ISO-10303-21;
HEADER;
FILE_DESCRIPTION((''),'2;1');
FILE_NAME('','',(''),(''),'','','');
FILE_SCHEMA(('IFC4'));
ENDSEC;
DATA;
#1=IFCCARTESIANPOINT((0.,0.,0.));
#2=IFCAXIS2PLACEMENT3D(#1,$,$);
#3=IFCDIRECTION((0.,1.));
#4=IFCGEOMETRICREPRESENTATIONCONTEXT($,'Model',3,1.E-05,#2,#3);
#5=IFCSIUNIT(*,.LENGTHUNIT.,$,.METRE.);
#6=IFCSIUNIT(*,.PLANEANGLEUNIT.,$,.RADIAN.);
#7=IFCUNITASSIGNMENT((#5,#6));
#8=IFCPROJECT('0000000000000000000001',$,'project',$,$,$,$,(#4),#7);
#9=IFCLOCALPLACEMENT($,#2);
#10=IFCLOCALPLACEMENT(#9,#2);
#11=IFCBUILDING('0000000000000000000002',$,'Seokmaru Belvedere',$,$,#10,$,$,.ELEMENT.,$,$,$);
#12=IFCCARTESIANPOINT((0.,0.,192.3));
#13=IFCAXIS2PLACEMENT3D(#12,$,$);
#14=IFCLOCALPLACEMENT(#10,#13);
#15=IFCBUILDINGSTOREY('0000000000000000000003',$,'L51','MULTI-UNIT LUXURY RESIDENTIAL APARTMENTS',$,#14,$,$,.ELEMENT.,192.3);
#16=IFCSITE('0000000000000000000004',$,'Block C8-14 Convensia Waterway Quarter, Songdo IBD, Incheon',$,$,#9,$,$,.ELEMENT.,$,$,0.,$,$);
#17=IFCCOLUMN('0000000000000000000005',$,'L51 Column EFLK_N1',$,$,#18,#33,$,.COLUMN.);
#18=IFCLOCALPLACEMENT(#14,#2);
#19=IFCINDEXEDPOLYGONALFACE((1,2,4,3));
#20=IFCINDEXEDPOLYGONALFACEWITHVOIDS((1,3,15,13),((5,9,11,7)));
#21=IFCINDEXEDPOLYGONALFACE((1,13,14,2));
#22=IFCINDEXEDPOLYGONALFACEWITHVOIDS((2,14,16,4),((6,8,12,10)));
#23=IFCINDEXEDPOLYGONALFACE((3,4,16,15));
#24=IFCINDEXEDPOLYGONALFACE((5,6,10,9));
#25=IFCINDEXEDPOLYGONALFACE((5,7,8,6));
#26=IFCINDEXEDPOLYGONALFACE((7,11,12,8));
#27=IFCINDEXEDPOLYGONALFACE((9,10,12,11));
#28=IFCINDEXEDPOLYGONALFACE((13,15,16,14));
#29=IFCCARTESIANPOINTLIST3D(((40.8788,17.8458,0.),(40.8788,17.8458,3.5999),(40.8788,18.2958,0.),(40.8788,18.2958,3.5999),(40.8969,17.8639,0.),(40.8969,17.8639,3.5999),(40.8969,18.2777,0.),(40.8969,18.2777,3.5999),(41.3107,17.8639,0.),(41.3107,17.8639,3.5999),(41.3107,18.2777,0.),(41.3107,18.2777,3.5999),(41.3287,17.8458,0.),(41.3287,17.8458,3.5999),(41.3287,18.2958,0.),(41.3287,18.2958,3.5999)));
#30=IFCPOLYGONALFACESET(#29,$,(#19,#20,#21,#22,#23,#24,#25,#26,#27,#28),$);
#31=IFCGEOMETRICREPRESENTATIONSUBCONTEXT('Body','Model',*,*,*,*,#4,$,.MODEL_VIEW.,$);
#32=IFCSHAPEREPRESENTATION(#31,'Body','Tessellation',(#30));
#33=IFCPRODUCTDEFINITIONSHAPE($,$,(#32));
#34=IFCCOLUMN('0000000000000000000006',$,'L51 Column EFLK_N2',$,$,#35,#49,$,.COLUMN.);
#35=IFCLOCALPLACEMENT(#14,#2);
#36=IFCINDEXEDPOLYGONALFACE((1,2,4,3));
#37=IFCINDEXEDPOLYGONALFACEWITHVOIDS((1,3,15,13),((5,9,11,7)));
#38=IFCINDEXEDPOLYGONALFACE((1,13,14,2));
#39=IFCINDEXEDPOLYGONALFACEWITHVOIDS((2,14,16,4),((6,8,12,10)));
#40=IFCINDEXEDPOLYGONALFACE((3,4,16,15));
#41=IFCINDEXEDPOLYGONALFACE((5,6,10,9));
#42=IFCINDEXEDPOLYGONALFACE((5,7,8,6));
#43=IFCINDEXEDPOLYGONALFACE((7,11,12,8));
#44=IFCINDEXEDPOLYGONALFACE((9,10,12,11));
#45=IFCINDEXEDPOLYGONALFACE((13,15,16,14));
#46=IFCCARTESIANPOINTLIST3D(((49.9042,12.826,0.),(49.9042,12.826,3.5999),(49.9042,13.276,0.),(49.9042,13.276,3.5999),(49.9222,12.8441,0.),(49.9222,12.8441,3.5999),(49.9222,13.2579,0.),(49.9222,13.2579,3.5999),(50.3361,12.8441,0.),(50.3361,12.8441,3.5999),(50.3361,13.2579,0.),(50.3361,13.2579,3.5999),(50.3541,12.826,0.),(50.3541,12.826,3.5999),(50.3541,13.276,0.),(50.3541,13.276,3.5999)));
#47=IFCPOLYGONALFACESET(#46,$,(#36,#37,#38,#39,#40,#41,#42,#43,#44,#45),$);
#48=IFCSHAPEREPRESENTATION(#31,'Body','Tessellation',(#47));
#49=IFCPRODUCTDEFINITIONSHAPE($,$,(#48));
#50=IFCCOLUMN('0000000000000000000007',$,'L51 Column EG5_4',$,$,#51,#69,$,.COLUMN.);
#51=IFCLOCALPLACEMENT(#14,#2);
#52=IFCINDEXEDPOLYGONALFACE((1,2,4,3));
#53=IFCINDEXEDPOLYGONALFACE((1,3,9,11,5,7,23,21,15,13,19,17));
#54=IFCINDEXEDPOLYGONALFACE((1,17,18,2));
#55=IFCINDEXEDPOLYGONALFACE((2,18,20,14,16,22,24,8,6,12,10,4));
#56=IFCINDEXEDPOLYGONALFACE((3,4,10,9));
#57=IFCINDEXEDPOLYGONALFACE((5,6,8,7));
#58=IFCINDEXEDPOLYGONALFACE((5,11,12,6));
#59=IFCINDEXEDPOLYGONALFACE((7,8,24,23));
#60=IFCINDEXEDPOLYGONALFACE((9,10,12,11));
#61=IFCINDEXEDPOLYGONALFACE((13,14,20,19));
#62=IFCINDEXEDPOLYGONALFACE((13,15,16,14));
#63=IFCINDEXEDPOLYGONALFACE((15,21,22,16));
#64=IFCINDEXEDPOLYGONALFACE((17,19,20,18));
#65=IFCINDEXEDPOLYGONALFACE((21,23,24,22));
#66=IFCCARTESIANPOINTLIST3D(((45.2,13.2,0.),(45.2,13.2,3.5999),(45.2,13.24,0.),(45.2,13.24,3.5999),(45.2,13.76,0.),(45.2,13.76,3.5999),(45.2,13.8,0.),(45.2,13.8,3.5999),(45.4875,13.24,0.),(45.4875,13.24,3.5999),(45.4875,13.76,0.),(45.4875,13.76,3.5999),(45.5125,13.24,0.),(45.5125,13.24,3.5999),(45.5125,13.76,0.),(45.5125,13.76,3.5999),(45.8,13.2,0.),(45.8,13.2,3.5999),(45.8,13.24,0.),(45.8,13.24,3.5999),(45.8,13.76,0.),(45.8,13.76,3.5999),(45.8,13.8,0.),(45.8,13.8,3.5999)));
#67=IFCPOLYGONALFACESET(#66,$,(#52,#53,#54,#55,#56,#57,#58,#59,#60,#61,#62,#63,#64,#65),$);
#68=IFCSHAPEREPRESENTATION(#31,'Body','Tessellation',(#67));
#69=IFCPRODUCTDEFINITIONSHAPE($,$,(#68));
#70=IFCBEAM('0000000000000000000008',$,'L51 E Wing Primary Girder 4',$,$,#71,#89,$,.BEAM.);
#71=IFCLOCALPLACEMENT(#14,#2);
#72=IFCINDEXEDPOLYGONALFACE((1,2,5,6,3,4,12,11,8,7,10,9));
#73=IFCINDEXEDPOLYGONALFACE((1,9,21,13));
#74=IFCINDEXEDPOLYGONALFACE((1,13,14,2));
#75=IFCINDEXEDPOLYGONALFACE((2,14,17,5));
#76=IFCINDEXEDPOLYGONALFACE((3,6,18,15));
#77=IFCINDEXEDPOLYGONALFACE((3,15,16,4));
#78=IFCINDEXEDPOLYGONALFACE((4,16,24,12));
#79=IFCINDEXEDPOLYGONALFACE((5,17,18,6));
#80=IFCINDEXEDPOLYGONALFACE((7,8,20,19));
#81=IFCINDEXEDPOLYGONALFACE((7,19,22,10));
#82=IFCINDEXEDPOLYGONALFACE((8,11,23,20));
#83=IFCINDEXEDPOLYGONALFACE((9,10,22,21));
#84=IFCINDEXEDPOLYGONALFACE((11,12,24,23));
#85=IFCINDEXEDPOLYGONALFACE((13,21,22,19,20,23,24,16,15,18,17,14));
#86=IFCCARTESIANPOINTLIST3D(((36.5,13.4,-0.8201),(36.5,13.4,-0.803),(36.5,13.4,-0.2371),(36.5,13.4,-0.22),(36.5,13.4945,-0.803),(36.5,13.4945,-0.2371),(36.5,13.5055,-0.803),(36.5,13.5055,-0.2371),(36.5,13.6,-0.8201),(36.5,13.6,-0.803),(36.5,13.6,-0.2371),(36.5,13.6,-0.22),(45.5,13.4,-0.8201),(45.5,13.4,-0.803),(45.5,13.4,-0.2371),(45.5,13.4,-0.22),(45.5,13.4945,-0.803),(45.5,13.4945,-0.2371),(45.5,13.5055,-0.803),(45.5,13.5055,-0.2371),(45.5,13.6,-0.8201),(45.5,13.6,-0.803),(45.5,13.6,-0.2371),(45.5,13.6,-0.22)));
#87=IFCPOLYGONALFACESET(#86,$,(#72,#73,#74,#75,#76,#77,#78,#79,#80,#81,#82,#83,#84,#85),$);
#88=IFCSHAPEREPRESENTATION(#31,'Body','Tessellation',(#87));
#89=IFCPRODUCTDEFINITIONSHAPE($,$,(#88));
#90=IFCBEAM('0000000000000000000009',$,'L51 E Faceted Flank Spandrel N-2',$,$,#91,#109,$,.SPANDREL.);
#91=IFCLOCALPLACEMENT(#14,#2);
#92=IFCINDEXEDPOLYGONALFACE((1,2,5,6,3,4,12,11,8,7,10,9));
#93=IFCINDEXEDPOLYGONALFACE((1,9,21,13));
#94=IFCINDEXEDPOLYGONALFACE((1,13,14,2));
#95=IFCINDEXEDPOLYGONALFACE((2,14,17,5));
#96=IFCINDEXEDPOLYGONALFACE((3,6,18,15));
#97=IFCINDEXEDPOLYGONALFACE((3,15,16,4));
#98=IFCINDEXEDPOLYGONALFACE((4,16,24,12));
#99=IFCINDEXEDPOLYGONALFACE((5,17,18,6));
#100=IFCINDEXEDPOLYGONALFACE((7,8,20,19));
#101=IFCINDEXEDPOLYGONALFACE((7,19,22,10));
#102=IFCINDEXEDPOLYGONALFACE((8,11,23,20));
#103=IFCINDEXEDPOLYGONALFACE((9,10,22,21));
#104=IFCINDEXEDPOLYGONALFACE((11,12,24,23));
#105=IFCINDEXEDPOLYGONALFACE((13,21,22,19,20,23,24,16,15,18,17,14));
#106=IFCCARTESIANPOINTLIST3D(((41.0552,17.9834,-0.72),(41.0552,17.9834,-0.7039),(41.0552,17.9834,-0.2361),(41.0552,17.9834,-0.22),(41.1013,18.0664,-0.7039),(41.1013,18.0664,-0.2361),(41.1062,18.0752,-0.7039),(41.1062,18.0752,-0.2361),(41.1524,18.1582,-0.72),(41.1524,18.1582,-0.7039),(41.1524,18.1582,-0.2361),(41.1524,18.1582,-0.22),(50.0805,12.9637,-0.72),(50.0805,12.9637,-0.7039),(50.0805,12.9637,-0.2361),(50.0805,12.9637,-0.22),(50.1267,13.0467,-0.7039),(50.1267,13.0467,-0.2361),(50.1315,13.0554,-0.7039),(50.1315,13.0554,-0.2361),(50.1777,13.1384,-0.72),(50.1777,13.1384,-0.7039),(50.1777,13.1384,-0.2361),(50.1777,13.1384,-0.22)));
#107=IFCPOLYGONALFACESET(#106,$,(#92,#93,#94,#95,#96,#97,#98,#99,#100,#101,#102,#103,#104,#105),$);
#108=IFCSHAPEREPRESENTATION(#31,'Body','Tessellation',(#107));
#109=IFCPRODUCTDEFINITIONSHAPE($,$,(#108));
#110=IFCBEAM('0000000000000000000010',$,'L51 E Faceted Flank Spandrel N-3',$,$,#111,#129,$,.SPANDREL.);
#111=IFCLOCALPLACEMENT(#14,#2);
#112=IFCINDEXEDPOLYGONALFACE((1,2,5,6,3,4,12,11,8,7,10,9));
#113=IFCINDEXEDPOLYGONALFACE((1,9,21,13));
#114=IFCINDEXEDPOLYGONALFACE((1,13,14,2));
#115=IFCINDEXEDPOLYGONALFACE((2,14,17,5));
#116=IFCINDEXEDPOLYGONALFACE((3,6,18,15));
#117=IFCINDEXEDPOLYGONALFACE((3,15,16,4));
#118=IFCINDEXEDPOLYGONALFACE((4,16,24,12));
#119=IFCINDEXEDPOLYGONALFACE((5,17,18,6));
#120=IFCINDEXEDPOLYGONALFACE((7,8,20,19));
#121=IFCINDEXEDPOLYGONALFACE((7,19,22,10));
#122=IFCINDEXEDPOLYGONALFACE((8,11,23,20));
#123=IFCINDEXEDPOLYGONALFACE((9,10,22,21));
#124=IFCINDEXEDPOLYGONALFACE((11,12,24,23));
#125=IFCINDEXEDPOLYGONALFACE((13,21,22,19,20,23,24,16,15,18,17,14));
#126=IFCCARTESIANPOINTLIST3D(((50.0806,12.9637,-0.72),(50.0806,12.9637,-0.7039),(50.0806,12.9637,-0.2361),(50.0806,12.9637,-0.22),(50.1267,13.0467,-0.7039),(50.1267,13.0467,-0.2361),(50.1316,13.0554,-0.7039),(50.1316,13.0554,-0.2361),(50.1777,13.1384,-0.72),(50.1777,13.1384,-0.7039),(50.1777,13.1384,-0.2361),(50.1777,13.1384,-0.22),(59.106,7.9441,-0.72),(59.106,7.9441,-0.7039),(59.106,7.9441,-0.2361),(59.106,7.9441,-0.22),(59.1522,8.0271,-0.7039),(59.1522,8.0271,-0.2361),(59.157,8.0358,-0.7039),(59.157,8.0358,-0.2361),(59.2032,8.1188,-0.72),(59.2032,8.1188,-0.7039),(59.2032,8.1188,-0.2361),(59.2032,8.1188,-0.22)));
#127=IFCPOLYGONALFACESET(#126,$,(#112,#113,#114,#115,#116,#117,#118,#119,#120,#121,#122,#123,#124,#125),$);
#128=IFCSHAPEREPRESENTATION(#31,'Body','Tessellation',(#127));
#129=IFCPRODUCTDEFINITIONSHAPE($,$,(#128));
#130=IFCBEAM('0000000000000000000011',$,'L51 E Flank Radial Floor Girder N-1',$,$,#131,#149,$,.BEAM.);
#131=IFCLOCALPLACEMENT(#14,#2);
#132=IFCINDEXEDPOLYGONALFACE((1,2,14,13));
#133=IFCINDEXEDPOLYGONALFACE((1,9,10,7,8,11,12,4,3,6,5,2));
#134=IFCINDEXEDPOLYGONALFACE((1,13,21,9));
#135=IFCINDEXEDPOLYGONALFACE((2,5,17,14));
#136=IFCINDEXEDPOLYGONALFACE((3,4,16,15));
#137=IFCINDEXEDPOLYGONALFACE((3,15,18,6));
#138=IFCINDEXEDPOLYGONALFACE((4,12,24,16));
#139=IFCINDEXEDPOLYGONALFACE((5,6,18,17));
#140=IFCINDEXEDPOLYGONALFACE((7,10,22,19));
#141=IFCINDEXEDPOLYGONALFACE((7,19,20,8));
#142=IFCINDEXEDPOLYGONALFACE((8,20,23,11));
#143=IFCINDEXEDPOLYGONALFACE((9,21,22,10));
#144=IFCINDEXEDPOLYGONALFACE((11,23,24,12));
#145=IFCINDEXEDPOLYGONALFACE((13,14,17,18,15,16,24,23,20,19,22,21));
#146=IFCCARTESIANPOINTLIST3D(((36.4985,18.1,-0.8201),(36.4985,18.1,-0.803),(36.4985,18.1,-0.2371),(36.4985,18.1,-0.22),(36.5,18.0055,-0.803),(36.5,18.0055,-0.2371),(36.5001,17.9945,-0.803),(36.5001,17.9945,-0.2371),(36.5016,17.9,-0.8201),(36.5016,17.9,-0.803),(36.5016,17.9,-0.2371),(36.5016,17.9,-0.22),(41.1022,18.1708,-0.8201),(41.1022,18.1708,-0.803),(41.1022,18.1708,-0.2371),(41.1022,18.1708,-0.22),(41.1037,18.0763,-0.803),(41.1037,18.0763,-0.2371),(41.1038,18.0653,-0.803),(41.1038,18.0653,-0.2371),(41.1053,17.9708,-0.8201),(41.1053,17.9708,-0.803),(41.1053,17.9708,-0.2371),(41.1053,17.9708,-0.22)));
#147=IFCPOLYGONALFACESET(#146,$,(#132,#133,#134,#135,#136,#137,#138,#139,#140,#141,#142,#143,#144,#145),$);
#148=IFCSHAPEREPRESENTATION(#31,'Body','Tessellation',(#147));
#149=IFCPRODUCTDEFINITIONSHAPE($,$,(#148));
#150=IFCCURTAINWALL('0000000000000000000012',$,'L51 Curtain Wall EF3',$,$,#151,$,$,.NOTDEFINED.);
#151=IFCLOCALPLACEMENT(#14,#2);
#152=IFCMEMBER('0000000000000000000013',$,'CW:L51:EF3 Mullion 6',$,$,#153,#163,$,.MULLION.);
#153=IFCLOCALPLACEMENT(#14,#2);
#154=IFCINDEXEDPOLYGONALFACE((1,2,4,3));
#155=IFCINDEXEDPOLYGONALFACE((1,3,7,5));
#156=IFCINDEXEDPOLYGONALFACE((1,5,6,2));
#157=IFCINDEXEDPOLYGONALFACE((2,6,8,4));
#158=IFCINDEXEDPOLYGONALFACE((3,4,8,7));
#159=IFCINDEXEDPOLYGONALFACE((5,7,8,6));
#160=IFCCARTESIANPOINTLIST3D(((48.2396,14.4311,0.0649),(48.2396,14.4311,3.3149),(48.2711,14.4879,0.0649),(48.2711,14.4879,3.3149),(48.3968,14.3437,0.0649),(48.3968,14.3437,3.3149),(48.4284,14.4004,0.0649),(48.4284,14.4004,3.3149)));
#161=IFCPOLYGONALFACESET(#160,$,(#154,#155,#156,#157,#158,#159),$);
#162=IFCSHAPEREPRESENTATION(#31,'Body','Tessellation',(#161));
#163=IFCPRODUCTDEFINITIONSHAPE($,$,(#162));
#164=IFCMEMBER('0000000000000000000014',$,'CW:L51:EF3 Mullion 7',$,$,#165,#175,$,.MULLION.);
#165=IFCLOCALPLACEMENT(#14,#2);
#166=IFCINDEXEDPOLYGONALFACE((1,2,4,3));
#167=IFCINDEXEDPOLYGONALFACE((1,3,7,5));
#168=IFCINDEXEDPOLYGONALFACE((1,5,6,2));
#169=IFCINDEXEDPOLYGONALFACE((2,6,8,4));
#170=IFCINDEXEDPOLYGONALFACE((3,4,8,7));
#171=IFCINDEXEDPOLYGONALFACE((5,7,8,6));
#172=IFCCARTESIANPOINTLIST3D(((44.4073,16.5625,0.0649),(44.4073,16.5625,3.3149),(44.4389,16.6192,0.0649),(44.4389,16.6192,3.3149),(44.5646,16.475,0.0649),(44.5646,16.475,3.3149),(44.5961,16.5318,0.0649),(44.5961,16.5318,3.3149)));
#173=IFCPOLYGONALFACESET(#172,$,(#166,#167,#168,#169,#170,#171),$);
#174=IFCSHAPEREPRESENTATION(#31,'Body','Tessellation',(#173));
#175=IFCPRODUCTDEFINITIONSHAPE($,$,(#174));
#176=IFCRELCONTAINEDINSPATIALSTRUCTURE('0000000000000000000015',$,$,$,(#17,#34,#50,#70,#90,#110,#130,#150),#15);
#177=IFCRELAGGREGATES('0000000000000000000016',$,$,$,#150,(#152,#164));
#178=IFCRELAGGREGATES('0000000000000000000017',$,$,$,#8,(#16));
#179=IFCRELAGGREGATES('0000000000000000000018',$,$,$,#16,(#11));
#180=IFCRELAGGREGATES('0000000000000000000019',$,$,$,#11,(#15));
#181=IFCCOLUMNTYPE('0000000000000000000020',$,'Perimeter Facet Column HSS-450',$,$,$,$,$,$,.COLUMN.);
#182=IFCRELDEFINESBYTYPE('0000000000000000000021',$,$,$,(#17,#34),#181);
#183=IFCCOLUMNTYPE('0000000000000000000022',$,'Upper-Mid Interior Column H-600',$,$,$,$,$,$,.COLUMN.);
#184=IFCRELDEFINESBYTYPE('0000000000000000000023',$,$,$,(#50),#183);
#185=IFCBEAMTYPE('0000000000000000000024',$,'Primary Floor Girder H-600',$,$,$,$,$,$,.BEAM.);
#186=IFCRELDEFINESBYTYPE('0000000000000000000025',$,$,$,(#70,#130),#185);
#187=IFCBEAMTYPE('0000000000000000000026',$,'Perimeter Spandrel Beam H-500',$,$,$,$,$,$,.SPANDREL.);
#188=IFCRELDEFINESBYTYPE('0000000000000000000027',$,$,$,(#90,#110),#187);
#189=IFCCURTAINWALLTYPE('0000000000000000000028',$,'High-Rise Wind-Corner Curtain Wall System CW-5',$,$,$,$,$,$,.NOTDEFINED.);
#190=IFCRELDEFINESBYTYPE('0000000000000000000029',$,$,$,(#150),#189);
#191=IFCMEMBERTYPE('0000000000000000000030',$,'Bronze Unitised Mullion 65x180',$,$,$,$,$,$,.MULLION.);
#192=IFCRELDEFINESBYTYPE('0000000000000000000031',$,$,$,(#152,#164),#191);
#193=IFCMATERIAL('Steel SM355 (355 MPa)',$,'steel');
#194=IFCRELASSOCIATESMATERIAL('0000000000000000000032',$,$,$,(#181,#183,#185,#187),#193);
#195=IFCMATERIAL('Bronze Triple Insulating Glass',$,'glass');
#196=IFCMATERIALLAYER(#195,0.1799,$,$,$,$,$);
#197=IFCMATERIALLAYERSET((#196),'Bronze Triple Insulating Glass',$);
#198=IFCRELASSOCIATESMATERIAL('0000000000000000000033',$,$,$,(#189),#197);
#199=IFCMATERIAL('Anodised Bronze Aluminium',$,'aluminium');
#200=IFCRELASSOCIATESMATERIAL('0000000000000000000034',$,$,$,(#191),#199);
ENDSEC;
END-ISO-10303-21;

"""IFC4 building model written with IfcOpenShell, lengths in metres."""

from ifc_helpers import new_model, si_unit, direction, frame, origin, origin_2d, place, context, subcontext, project, spatial, rectangle, hollow_rectangle, i_section, extrude, source, transform, mapped, material, layer, layer_set, material_profile, profile_set, type_object, type_shapes, element, aggregate, save


model = new_model("IFC4")

# Units and contexts
model_context = context("Model", 3, precision=1e-05, world=origin(), true_north=direction((0.0, 1.0)))
body_context = subcontext(model_context, "Body", "Model", "MODEL_VIEW")
ifc_project = project(units=[si_unit("LENGTHUNIT", "METRE"), si_unit("PLANEANGLEUNIT", "RADIAN")], contexts=[model_context])

# Site, building, storey
site_placement = place(None, origin())
site = spatial("IfcSite", under=ifc_project, at=site_placement, Name="Block C8-14 Convensia Waterway Quarter, Songdo IBD, Incheon", CompositionType="ELEMENT", RefElevation=0.0)
building_placement = place(site_placement, origin())
building = spatial("IfcBuilding", under=site, at=building_placement, Name="Seokmaru Belvedere", CompositionType="ELEMENT")
storey_placement = place(building_placement, frame((0.0, 0.0, 192.3)))
storey = spatial("IfcBuildingStorey", under=building, at=storey_placement, Name="L51", Description="MULTI-UNIT LUXURY RESIDENTIAL APARTMENTS", CompositionType="ELEMENT", Elevation=192.3)

# Columns
ifc_material_1 = material(Name="Steel SM355 (355 MPa)", Category="steel")
ifc_material_profile_1 = material_profile(ifc_material_1, hollow_rectangle(XDim=0.45, YDim=0.45, WallThickness=0.0181, at=origin_2d()), Name="HSS-450x450x18")
ifc_profile_set_1 = profile_set([ifc_material_profile_1], Name="Steel SM355 (355 MPa)")
column_type_1 = type_object("IfcColumnType", Name="Perimeter Facet Column HSS-450", PredefinedType="COLUMN", material=ifc_profile_set_1)
shared_shape_1 = source(origin(), body_context, "Body", "SweptSolid", [
    extrude(hollow_rectangle(XDim=0.45, YDim=0.45, WallThickness=0.0181, at=origin_2d()), origin(), (0.0, 0.0, 1.0), 3.5999),
])
type_shapes(column_type_1, [shared_shape_1])
for number, where, z_axis, x_axis, name in (
    (1, (41.1038, 18.0708, 0.0), (0.0, 0.0, 1.0), (1.0, 0.0, 0.0), "L51 Column EFLK_N1"),
    (2, (50.1292, 13.051, 0.0), (0.0, 0.0, 1.0), (1.0, 0.0, 0.0), "L51 Column EFLK_N2"),
):
    element("IfcColumn", number, at=place(storey_placement, frame(where, z_axis=z_axis, x_axis=x_axis)), inside=storey, type_object=column_type_1, Name=name, PredefinedType="COLUMN", context=body_context, shape_type="MappedRepresentation", body=[
        mapped(shared_shape_1, transform((0.0, 0.0, 0.0), scale=1.0)),
    ])
ifc_material_profile_2 = material_profile(ifc_material_1, i_section(OverallWidth=0.6001, OverallDepth=0.6001, WebThickness=0.0249, FlangeThickness=0.04, at=origin_2d()), Name="H-600x600x25x40")
ifc_profile_set_2 = profile_set([ifc_material_profile_2], Name="Steel SM355 (355 MPa)")
column_type_2 = type_object("IfcColumnType", Name="Upper-Mid Interior Column H-600", PredefinedType="COLUMN", material=ifc_profile_set_2)
shared_shape_2 = source(origin(), body_context, "Body", "SweptSolid", [
    extrude(i_section(OverallWidth=0.6001, OverallDepth=0.6001, WebThickness=0.0249, FlangeThickness=0.04, at=origin_2d()), origin(), (0.0, 0.0, 1.0), 3.5999),
])
type_shapes(column_type_2, [shared_shape_2])
column_placement = place(storey_placement, frame((45.5, 13.5, 0.0), z_axis=(0.0, 0.0, 1.0), x_axis=(1.0, 0.0, 0.0)))
element("IfcColumn", 3, at=column_placement, inside=storey, type_object=column_type_2, Name="L51 Column EG5_4", PredefinedType="COLUMN", context=body_context, shape_type="MappedRepresentation", body=[
    mapped(shared_shape_2, transform((0.0, 0.0, 0.0), scale=1.0)),
])

# Beams
ifc_material_profile_3 = material_profile(ifc_material_1, i_section(OverallWidth=0.2, OverallDepth=0.6001, WebThickness=0.011, FlangeThickness=0.0171, at=origin_2d()), Name="H-600x200x11x17")
ifc_profile_set_3 = profile_set([ifc_material_profile_3], Name="Steel SM355 (355 MPa)")
beam_type_1 = type_object("IfcBeamType", Name="Primary Floor Girder H-600", PredefinedType="BEAM", material=ifc_profile_set_3)
shared_shape_3 = source(origin(), body_context, "Body", "SweptSolid", [
    extrude(i_section(OverallWidth=0.2, OverallDepth=0.6001, WebThickness=0.011, FlangeThickness=0.0171, at=origin_2d()), origin(), (0.0, 0.0, 1.0), 9.0),
])
beam_1_placement = place(storey_placement, frame((36.5, 13.5, -0.52), z_axis=(1.0, 0.0, 0.0), x_axis=(0.0, 1.0, 0.0)))
element("IfcBeam", 4, at=beam_1_placement, inside=storey, type_object=beam_type_1, Name="L51 E Wing Primary Girder 4", PredefinedType="BEAM", context=body_context, shape_type="MappedRepresentation", body=[
    mapped(shared_shape_3, transform((0.0, 0.0, 0.0), scale=1.0)),
])
ifc_material_profile_4 = material_profile(ifc_material_1, i_section(OverallWidth=0.2, OverallDepth=0.5, WebThickness=0.01, FlangeThickness=0.0161, at=origin_2d()), Name="H-500x200x10x16")
ifc_profile_set_4 = profile_set([ifc_material_profile_4], Name="Steel SM355 (355 MPa)")
beam_type_2 = type_object("IfcBeamType", Name="Perimeter Spandrel Beam H-500", PredefinedType="SPANDREL", material=ifc_profile_set_4)
shared_shape_4 = source(origin(), body_context, "Body", "SweptSolid", [
    extrude(i_section(OverallWidth=0.2, OverallDepth=0.5, WebThickness=0.01, FlangeThickness=0.0161, at=origin_2d()), origin(), (0.0, 0.0, 1.0), 10.3274),
])
type_shapes(beam_type_2, [shared_shape_4])
for number, where, z_axis, x_axis, name in (
    (5, (41.1038, 18.0708, -0.47), (0.873924, -0.486062, 0.0), (0.486062, 0.873924, 0.0), "L51 E Faceted Flank Spandrel N-2"),
    (6, (50.1292, 13.051, -0.47), (0.873934, -0.486044, 0.0), (0.486044, 0.873934, 0.0), "L51 E Faceted Flank Spandrel N-3"),
):
    element("IfcBeam", number, at=place(storey_placement, frame(where, z_axis=z_axis, x_axis=x_axis)), inside=storey, type_object=beam_type_2, Name=name, PredefinedType="SPANDREL", context=body_context, shape_type="MappedRepresentation", body=[
        mapped(shared_shape_4, transform((0.0, 0.0, 0.0), scale=1.0)),
    ])
shared_shape_5 = source(origin(), body_context, "Body", "SweptSolid", [
    extrude(i_section(OverallWidth=0.2, OverallDepth=0.6001, WebThickness=0.011, FlangeThickness=0.0171, at=origin_2d()), origin(), (0.0, 0.0, 1.0), 4.6042),
])
type_shapes(beam_type_1, [shared_shape_3, shared_shape_5])
beam_2_placement = place(storey_placement, frame((41.1038, 18.0708, -0.52), z_axis=(-0.999882, -0.015377, 0.0), x_axis=(0.015377, -0.999882, 0.0)))
element("IfcBeam", 7, at=beam_2_placement, inside=storey, type_object=beam_type_1, Name="L51 E Flank Radial Floor Girder N-1", PredefinedType="BEAM", context=body_context, shape_type="MappedRepresentation", body=[
    mapped(shared_shape_5, transform((0.0, 0.0, 0.0), scale=1.0)),
])

# Curtain wall, members
ifc_material_2 = material(Name="Bronze Triple Insulating Glass", Category="glass")
ifc_layer_1 = layer(ifc_material_2, 0.1799)
ifc_layer_set_1 = layer_set([ifc_layer_1], Name="Bronze Triple Insulating Glass")
curtain_wall_type = type_object("IfcCurtainWallType", Name="High-Rise Wind-Corner Curtain Wall System CW-5", PredefinedType="NOTDEFINED", material=ifc_layer_set_1)
curtain_wall_placement = place(storey_placement, origin())
curtain_wall = element("IfcCurtainWall", 8, at=curtain_wall_placement, inside=storey, type_object=curtain_wall_type, Name="L51 Curtain Wall EF3", PredefinedType="NOTDEFINED")
ifc_material_3 = material(Name="Anodised Bronze Aluminium", Category="aluminium")
ifc_material_profile_5 = material_profile(ifc_material_3, rectangle(XDim=0.0649, YDim=0.1799, at=origin_2d()), Name="CW-M-65x180")
ifc_profile_set_5 = profile_set([ifc_material_profile_5], Name="Anodised Bronze Aluminium")
member_type = type_object("IfcMemberType", Name="Bronze Unitised Mullion 65x180", PredefinedType="MULLION", material=ifc_profile_set_5)
shared_shape_6 = source(origin(), body_context, "Body", "SweptSolid", [
    extrude(rectangle(XDim=0.0649, YDim=0.1799, at=origin_2d()), origin(), (0.0, 0.0, 1.0), 3.25),
])
type_shapes(member_type, [shared_shape_6])
member_1_placement = place(storey_placement, frame((48.334, 14.4158, 0.0649), z_axis=(0.0, 0.0, 1.0), x_axis=(-0.486047, -0.873933, 0.0)))
member_1 = element("IfcMember", 9, at=member_1_placement, type_object=member_type, Name="CW:L51:EF3 Mullion 6", PredefinedType="MULLION", context=body_context, shape_type="MappedRepresentation", body=[
    mapped(shared_shape_6, transform((0.0, 0.0, 0.0), scale=1.0)),
])
member_2_placement = place(storey_placement, frame((44.5017, 16.5471, 0.0649), z_axis=(0.0, 0.0, 1.0), x_axis=(-0.486047, -0.873933, 0.0)))
member_2 = element("IfcMember", 10, at=member_2_placement, type_object=member_type, Name="CW:L51:EF3 Mullion 7", PredefinedType="MULLION", context=body_context, shape_type="MappedRepresentation", body=[
    mapped(shared_shape_6, transform((0.0, 0.0, 0.0), scale=1.0)),
])
aggregate(curtain_wall, [member_1, member_2])

save(model, "model.ifc")
